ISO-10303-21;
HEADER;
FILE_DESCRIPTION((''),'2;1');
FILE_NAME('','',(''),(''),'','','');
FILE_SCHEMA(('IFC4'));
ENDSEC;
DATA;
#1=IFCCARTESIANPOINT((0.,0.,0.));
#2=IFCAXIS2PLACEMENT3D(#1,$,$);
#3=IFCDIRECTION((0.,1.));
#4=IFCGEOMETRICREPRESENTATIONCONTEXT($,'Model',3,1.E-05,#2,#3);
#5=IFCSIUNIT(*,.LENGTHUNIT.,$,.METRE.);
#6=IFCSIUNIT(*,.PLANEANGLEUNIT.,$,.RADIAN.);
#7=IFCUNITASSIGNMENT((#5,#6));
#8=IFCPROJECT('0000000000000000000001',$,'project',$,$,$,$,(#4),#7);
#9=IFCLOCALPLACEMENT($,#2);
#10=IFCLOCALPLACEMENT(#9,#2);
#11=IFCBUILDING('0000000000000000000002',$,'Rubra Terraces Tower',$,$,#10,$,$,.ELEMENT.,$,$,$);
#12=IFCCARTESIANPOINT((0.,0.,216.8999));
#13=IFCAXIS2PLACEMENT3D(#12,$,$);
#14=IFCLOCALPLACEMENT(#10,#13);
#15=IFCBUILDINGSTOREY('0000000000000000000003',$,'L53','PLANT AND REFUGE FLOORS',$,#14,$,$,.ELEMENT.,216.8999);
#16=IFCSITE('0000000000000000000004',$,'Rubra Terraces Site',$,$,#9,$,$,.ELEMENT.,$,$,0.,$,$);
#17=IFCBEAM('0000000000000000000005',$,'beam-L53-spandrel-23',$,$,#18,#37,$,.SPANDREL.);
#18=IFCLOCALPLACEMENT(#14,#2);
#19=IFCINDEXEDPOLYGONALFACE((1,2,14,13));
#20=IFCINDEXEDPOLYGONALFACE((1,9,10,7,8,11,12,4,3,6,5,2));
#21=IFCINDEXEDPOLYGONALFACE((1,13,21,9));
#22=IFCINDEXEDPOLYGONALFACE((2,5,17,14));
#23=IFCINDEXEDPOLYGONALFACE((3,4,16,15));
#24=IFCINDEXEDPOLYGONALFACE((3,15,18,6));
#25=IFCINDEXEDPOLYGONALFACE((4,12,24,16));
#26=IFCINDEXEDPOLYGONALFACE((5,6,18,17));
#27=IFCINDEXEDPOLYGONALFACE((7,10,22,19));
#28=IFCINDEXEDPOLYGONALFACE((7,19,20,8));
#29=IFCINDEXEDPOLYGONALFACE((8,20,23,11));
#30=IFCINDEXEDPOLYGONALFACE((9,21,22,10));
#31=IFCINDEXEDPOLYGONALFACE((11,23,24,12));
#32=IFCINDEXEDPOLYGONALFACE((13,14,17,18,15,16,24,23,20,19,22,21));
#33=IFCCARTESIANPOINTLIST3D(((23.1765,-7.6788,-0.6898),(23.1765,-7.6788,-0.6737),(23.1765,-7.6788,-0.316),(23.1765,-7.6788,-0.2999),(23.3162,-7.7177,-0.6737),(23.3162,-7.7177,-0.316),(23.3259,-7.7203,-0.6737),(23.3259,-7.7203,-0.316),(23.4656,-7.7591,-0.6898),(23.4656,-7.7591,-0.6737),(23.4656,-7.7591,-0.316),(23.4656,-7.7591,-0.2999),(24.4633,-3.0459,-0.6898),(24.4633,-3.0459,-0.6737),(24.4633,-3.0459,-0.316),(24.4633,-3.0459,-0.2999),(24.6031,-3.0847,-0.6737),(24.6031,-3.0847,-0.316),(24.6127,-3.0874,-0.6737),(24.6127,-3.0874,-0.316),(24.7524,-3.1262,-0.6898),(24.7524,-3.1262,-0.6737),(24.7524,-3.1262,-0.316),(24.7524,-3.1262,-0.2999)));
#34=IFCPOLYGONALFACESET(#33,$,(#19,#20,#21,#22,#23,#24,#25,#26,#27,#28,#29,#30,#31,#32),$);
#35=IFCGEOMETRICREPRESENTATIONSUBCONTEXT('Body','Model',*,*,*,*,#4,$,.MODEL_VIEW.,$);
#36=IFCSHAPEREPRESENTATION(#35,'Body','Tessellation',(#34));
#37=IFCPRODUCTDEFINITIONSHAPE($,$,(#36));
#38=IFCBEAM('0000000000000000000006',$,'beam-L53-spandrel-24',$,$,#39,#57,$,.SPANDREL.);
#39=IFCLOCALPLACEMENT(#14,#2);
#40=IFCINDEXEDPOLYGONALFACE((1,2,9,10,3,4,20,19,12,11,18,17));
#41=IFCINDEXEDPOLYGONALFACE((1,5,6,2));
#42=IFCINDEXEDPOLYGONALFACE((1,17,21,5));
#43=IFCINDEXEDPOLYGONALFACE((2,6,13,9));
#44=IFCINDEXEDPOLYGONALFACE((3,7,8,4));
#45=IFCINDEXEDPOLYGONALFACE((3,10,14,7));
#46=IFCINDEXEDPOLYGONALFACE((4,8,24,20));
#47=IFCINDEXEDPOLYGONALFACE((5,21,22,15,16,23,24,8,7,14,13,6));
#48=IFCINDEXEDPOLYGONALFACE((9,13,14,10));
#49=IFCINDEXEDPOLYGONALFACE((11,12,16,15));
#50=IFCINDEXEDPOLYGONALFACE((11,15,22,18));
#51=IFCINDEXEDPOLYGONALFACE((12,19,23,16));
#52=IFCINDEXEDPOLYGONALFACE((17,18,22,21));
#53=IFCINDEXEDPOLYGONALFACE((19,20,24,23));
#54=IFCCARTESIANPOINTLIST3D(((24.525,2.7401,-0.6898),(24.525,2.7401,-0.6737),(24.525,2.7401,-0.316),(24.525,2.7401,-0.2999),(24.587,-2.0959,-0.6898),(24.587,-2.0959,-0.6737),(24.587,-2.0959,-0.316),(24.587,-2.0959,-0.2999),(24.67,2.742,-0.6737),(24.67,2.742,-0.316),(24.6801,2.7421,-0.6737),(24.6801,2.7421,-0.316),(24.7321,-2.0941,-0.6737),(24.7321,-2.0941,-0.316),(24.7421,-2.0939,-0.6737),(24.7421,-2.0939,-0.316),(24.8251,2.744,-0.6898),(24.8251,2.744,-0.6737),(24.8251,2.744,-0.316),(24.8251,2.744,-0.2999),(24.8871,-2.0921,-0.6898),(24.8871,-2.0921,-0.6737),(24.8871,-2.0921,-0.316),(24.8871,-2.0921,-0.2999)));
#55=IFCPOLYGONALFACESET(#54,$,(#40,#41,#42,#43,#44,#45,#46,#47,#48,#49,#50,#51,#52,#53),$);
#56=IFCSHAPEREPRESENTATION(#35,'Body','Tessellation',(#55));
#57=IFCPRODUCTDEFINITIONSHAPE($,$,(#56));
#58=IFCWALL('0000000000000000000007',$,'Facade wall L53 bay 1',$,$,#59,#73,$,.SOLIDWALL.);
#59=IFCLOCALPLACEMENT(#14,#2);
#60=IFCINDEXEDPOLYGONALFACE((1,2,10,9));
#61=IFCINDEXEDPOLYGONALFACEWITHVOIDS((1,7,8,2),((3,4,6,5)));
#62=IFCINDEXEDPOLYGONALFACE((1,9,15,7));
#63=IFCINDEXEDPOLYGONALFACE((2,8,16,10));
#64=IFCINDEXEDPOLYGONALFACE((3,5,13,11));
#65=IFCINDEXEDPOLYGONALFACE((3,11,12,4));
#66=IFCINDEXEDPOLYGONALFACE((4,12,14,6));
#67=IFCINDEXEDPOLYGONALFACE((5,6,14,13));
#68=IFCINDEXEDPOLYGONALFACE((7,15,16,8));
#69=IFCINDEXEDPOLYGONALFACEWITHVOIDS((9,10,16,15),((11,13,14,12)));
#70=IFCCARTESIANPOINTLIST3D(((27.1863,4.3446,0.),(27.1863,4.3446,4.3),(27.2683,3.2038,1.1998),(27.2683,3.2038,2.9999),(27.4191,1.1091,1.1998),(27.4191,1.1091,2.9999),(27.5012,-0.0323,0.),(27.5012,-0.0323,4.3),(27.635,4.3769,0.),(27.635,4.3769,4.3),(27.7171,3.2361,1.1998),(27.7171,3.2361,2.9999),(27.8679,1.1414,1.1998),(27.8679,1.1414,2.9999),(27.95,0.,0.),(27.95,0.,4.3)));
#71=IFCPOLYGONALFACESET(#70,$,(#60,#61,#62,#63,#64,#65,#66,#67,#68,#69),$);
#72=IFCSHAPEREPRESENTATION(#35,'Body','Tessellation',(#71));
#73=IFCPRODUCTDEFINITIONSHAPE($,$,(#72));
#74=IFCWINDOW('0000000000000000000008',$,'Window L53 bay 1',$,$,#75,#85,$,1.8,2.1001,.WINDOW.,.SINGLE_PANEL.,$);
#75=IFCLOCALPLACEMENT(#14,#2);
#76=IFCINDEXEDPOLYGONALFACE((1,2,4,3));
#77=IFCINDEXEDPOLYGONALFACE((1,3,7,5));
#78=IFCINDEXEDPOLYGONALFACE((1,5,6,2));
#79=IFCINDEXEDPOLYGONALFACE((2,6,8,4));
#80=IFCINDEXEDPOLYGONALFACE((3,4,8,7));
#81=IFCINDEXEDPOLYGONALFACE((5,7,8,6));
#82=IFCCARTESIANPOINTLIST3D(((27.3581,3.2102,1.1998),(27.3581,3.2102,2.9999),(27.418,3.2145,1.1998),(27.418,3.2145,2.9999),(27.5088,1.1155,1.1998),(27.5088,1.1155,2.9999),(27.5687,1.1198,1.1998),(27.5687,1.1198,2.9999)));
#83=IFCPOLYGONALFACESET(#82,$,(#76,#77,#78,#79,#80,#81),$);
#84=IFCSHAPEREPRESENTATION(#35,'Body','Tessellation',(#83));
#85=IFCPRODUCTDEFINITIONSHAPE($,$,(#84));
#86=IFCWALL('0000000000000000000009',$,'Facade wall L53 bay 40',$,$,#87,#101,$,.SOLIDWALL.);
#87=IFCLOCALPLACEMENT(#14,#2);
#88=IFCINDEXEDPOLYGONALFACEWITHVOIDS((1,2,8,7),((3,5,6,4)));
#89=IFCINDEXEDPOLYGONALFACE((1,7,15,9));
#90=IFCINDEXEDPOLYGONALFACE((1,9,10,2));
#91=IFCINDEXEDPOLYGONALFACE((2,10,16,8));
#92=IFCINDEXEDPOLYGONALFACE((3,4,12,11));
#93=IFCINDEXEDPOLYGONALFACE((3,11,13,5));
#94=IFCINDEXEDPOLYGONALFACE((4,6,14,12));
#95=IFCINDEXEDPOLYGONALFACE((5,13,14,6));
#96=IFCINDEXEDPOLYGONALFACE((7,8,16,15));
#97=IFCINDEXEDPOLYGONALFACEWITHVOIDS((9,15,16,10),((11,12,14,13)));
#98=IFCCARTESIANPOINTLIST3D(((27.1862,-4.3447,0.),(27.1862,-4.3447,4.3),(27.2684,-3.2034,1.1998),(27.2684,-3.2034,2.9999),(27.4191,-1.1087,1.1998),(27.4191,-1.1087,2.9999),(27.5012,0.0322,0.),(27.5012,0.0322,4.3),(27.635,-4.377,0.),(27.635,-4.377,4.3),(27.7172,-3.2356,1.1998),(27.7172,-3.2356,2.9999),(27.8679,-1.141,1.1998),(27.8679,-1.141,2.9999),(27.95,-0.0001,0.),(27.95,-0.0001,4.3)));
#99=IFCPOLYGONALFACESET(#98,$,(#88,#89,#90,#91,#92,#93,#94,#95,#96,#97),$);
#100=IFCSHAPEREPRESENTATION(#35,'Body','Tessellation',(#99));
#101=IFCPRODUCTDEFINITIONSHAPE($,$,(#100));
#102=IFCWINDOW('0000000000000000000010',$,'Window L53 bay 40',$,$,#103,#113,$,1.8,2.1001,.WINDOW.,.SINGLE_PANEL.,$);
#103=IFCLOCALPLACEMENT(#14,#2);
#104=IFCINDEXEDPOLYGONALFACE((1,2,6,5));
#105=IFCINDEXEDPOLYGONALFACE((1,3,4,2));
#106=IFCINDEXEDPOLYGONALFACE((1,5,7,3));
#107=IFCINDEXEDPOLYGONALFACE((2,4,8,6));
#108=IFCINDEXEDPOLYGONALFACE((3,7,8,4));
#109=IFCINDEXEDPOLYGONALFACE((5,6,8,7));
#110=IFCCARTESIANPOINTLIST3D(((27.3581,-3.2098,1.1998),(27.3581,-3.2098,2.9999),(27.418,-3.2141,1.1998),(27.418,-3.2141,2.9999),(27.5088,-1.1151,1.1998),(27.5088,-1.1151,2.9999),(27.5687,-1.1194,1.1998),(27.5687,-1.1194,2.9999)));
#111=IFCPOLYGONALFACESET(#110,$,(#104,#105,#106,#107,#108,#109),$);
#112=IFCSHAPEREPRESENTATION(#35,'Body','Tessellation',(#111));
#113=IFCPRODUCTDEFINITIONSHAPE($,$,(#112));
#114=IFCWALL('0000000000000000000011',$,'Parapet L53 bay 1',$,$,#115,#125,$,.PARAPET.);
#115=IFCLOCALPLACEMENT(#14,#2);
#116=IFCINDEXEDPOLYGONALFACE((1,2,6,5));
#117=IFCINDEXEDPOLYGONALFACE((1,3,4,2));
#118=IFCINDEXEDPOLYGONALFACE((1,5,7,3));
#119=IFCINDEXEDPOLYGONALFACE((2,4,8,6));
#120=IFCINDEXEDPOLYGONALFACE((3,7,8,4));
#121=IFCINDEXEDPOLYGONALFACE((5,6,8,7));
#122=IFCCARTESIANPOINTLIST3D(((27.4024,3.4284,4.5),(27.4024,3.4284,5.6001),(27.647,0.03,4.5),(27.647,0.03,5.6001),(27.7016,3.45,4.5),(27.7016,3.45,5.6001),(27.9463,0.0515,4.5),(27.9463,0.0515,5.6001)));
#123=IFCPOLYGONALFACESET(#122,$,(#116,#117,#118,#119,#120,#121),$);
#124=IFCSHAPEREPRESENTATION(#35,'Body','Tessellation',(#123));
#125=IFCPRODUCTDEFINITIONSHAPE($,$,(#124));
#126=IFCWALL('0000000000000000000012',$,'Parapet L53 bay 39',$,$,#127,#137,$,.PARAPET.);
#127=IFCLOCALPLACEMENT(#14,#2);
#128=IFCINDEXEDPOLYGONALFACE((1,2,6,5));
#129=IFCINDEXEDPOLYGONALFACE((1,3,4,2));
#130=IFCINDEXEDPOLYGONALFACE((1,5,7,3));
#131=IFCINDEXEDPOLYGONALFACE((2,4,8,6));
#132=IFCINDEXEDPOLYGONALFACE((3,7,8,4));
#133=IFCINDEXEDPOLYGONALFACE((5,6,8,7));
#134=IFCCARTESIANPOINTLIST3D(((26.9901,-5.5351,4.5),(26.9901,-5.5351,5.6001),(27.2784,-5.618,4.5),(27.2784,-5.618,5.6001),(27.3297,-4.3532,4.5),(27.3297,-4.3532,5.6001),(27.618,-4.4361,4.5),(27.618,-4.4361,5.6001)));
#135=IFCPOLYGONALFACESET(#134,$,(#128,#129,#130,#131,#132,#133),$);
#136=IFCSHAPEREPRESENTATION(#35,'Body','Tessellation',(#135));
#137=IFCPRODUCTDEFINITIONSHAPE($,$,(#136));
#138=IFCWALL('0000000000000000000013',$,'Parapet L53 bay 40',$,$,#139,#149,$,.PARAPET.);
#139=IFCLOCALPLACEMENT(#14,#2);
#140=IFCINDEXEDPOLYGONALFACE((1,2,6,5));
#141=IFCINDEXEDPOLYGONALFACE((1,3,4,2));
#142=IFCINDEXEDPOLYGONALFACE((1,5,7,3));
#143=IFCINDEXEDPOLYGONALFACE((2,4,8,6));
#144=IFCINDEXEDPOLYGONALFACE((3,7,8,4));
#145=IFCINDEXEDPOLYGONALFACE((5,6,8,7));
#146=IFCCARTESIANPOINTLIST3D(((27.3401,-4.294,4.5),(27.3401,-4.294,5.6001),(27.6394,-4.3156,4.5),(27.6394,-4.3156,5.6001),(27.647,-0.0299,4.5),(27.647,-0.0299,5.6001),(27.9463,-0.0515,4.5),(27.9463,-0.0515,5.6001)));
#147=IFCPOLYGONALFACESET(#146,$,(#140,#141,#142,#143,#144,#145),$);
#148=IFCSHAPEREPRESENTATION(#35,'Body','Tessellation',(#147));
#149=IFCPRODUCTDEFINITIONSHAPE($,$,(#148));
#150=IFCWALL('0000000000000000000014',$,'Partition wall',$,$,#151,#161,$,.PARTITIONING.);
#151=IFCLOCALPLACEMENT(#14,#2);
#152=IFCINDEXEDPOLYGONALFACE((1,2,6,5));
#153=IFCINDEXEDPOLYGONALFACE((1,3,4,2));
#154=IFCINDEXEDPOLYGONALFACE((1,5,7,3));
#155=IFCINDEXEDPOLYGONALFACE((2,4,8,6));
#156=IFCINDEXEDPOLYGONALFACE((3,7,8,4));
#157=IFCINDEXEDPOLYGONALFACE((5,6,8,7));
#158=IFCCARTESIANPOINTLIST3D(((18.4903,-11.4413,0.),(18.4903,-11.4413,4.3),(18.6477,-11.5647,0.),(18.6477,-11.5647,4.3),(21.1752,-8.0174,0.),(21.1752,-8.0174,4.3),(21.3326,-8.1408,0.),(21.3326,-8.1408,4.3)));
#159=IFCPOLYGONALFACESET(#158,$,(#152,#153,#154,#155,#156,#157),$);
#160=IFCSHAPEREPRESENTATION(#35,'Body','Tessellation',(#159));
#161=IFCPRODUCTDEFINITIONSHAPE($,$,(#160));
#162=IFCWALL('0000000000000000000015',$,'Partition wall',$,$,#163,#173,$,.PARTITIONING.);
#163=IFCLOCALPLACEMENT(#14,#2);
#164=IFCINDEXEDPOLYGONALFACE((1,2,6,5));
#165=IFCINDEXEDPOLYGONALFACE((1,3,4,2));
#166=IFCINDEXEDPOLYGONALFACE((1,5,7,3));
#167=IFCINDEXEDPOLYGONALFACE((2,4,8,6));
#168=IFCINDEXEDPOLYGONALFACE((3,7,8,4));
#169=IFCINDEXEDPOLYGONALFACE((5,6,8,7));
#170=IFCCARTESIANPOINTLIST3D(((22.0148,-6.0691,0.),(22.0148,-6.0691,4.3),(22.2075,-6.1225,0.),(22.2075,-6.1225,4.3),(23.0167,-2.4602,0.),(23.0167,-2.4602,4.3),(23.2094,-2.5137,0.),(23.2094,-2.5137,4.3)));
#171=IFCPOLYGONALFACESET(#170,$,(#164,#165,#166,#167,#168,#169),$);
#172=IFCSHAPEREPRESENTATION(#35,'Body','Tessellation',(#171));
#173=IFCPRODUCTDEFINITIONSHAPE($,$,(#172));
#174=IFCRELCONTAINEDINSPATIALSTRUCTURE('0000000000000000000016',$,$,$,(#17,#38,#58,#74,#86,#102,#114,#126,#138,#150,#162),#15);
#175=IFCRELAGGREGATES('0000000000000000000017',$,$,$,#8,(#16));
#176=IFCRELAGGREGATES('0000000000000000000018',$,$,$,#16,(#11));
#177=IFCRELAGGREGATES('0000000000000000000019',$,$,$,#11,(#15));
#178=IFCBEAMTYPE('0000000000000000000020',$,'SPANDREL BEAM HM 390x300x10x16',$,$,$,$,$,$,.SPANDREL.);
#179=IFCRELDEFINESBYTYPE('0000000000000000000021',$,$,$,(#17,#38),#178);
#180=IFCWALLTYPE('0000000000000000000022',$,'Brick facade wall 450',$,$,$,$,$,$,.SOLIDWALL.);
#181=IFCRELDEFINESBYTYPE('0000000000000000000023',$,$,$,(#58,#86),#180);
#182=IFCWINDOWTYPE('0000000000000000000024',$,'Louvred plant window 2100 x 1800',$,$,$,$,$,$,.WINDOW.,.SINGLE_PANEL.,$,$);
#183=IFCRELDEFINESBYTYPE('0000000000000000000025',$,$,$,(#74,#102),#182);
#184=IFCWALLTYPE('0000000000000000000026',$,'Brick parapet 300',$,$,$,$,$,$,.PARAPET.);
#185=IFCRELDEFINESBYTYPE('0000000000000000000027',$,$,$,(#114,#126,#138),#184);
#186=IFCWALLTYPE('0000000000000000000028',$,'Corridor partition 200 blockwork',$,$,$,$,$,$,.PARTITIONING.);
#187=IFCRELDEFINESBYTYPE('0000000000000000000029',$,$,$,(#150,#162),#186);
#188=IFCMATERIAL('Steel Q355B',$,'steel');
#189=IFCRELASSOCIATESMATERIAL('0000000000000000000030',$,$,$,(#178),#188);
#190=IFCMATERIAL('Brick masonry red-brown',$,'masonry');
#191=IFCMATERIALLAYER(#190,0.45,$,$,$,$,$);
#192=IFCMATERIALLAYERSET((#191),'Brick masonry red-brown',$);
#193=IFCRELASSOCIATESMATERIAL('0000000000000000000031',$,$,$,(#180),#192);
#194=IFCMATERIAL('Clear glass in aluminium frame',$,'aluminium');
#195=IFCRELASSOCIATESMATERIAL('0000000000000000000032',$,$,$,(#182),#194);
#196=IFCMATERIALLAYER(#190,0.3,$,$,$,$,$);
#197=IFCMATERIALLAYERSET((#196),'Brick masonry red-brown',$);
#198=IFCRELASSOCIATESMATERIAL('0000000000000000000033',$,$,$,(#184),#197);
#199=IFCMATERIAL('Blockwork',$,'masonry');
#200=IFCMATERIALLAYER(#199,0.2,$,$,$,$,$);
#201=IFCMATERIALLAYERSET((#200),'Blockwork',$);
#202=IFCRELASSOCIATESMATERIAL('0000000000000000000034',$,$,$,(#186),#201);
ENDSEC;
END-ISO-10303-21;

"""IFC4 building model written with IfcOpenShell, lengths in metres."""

from ifc_helpers import new_model, si_unit, direction, frame, frame_2d, origin, origin_2d, place, context, subcontext, project, spatial, rectangle, i_section, extrude, material, layer, layer_set, material_profile, profile_set, type_object, element, fill, save


model = new_model("IFC4")

# Units and contexts
model_context = context("Model", 3, precision=1e-05, world=origin(), true_north=direction((0.0, 1.0)))
body_context = subcontext(model_context, "Body", "Model", "MODEL_VIEW")
ifc_project = project(units=[si_unit("LENGTHUNIT", "METRE"), si_unit("PLANEANGLEUNIT", "RADIAN")], contexts=[model_context])

# Site, building, storey
site_placement = place(None, origin())
site = spatial("IfcSite", under=ifc_project, at=site_placement, Name="Rubra Terraces Site", CompositionType="ELEMENT", RefElevation=0.0)
building_placement = place(site_placement, origin())
building = spatial("IfcBuilding", under=site, at=building_placement, Name="Rubra Terraces Tower", CompositionType="ELEMENT")
storey_placement = place(building_placement, frame((0.0, 0.0, 216.8999)))
storey = spatial("IfcBuildingStorey", under=building, at=storey_placement, Name="L53", Description="PLANT AND REFUGE FLOORS", CompositionType="ELEMENT", Elevation=216.8999)

# Shared definitions
ifc_material_1 = material(Name="Steel Q355B", Category="steel")

# Beams
ifc_material_profile_1 = material_profile(ifc_material_1, i_section(OverallWidth=0.3, OverallDepth=0.3899, WebThickness=0.01, FlangeThickness=0.0161, at=origin_2d()), Name="HM 390x300x10x16")
ifc_profile_set_1 = profile_set([ifc_material_profile_1], Name="Steel Q355B")
beam_type_1 = type_object("IfcBeamType", Name="SPANDREL BEAM HM 390x300x10x16", PredefinedType="SPANDREL", material=ifc_profile_set_1)
beam_1_placement = place(storey_placement, frame((23.321, -7.719, -0.4949), z_axis=(0.267626, 0.963523, 0.0), x_axis=(-0.963523, 0.267626, 0.0)))
element("IfcBeam", 1, at=beam_1_placement, inside=storey, type_object=beam_type_1, Name="beam-L53-spandrel-23", PredefinedType="SPANDREL", context=body_context, shape_type="SweptSolid", body=[
    extrude(i_section(OverallWidth=0.3, OverallDepth=0.3899, WebThickness=0.01, FlangeThickness=0.0161, at=origin_2d()), origin(), (0.0, 0.0, 1.0), 4.8083),
])
beam_2_placement = place(storey_placement, frame((24.7371, -2.094, -0.4949), z_axis=(-0.012822, 0.999918, 0.0), x_axis=(-0.999918, -0.012822, 0.0)))
element("IfcBeam", 2, at=beam_2_placement, inside=storey, type_object=beam_type_1, Name="beam-L53-spandrel-24", PredefinedType="SPANDREL", context=body_context, shape_type="SweptSolid", body=[
    extrude(i_section(OverallWidth=0.3, OverallDepth=0.3899, WebThickness=0.01, FlangeThickness=0.0161, at=origin_2d()), origin(), (0.0, 0.0, 1.0), 4.8364),
])

# Walls, openings, windows
ifc_material_2 = material(Name="Brick masonry red-brown", Category="masonry")
ifc_layer_1 = layer(ifc_material_2, 0.45)
ifc_layer_set_1 = layer_set([ifc_layer_1], Name="Brick masonry red-brown")
wall_type_1 = type_object("IfcWallType", Name="Brick facade wall 450", PredefinedType="SOLIDWALL", material=ifc_layer_set_1)
wall_1_placement = place(storey_placement, frame((27.7256, -0.0161, 0.0), z_axis=(0.0, 0.0, 1.0), x_axis=(-0.071769, 0.997421, 0.0)))
wall_1 = element("IfcWall", 3, at=wall_1_placement, inside=storey, type_object=wall_type_1, Name="Facade wall L53 bay 1", PredefinedType="SOLIDWALL", context=body_context, shape_type="SweptSolid", body=[
    extrude(rectangle(XDim=4.3882, YDim=0.45, at=frame_2d((2.1941, 0.0))), origin(), (0.0, 0.0, 1.0), 4.3),
])
opening_1_placement = place(wall_1_placement, frame((1.1443, 0.0, 1.2)))
opening_1 = element("IfcOpeningElement", 4, at=opening_1_placement, cuts=wall_1, PredefinedType="OPENING", context=body_context, shape_type="SweptSolid", body=[
    extrude(rectangle(XDim=2.1001, YDim=1.8, at=frame_2d((1.05, 0.8999))), frame((0.0, 0.2349, 0.0), z_axis=(0.0, -1.0, 0.0), x_axis=(1.0, 0.0, 0.0)), (0.0, 0.0, 1.0), 0.47),
])
ifc_material_3 = material(Name="Clear glass in aluminium frame", Category="aluminium")
window_type = type_object("IfcWindowType", Name="Louvred plant window 2100 x 1800", PartitioningType="SINGLE_PANEL", PredefinedType="WINDOW", material=ifc_material_3)
window_1_placement = place(opening_1_placement, origin())
window_1 = element("IfcWindow", 5, at=window_1_placement, inside=storey, type_object=window_type, Name="Window L53 bay 1", OverallHeight=1.8, OverallWidth=2.1001, PartitioningType="SINGLE_PANEL", PredefinedType="WINDOW", context=body_context, shape_type="SweptSolid", body=[
    extrude(rectangle(XDim=2.1001, YDim=1.8, at=frame_2d((1.05, 0.8999))), frame((0.0, 0.135, 0.0), z_axis=(0.0, -1.0, 0.0), x_axis=(1.0, 0.0, 0.0)), (0.0, 0.0, 1.0), 0.0601),
])
fill(opening_1, window_1)
wall_2_placement = place(storey_placement, frame((27.4106, -4.3608, 0.0), z_axis=(0.0, 0.0, 1.0), x_axis=(0.071769, 0.997421, 0.0)))
wall_2 = element("IfcWall", 6, at=wall_2_placement, inside=storey, type_object=wall_type_1, Name="Facade wall L53 bay 40", PredefinedType="SOLIDWALL", context=body_context, shape_type="SweptSolid", body=[
    extrude(rectangle(XDim=4.3882, YDim=0.45, at=frame_2d((2.1941, 0.0))), origin(), (0.0, 0.0, 1.0), 4.3),
])
opening_2_placement = place(wall_2_placement, frame((1.1443, 0.0, 1.2)))
opening_2 = element("IfcOpeningElement", 7, at=opening_2_placement, cuts=wall_2, PredefinedType="OPENING", context=body_context, shape_type="SweptSolid", body=[
    extrude(rectangle(XDim=2.1001, YDim=1.8, at=frame_2d((1.05, 0.8999))), frame((0.0, 0.2349, 0.0), z_axis=(0.0, -1.0, 0.0), x_axis=(1.0, 0.0, 0.0)), (0.0, 0.0, 1.0), 0.47),
])
window_2_placement = place(opening_2_placement, origin())
window_2 = element("IfcWindow", 8, at=window_2_placement, inside=storey, type_object=window_type, Name="Window L53 bay 40", OverallHeight=1.8, OverallWidth=2.1001, PartitioningType="SINGLE_PANEL", PredefinedType="WINDOW", context=body_context, shape_type="SweptSolid", body=[
    extrude(rectangle(XDim=2.1001, YDim=1.8, at=frame_2d((1.05, 0.8999))), frame((0.0, 0.135, 0.0), z_axis=(0.0, -1.0, 0.0), x_axis=(1.0, 0.0, 0.0)), (0.0, 0.0, 1.0), 0.0601),
])
fill(opening_2, window_2)

# Walls
ifc_layer_2 = layer(ifc_material_2, 0.3)
ifc_layer_set_2 = layer_set([ifc_layer_2], Name="Brick masonry red-brown")
wall_type_2 = type_object("IfcWallType", Name="Brick parapet 300", PredefinedType="PARAPET", material=ifc_layer_set_2)
wall_3_placement = place(storey_placement, frame((27.7966, 0.0408, 4.5), z_axis=(0.0, 0.0, 1.0), x_axis=(-0.071797, 0.997419, 0.0)))
element("IfcWall", 9, at=wall_3_placement, inside=storey, type_object=wall_type_2, Name="Parapet L53 bay 1", PredefinedType="PARAPET", context=body_context, shape_type="SweptSolid", body=[
    extrude(rectangle(XDim=3.4072, YDim=0.3, at=frame_2d((1.7036, 0.0))), origin(), (0.0, 0.0, 1.0), 1.1001),
])
wall_4_placement = place(storey_placement, frame((27.1343, -5.5764, 4.5), z_axis=(0.0, 0.0, 1.0), x_axis=(0.276163, 0.961111, 0.0)))
element("IfcWall", 10, at=wall_4_placement, inside=storey, type_object=wall_type_2, Name="Parapet L53 bay 39", PredefinedType="PARAPET", context=body_context, shape_type="SweptSolid", body=[
    extrude(rectangle(XDim=1.2297, YDim=0.3, at=frame_2d((0.6147, 0.0))), origin(), (0.0, 0.0, 1.0), 1.1001),
])
wall_5_placement = place(storey_placement, frame((27.4897, -4.3049, 4.5), z_axis=(0.0, 0.0, 1.0), x_axis=(0.071783, 0.99742, 0.0)))
element("IfcWall", 11, at=wall_5_placement, inside=storey, type_object=wall_type_2, Name="Parapet L53 bay 40", PredefinedType="PARAPET", context=body_context, shape_type="SweptSolid", body=[
    extrude(rectangle(XDim=4.2751, YDim=0.3, at=frame_2d((2.1377, 0.0))), origin(), (0.0, 0.0, 1.0), 1.1001),
])
ifc_material_4 = material(Name="Blockwork", Category="masonry")
ifc_layer_3 = layer(ifc_material_4, 0.2)
ifc_layer_set_3 = layer_set([ifc_layer_3], Name="Blockwork")
wall_type_3 = type_object("IfcWallType", Name="Corridor partition 200 blockwork", PredefinedType="PARTITIONING", material=ifc_layer_set_3)
wall_6_placement = place(storey_placement, frame((21.2539, -8.0791, 0.0), z_axis=(0.0, 0.0, 1.0), x_axis=(-0.617063, -0.786914, 0.0)))
element("IfcWall", 12, at=wall_6_placement, inside=storey, type_object=wall_type_3, Name="Partition wall", PredefinedType="PARTITIONING", context=body_context, shape_type="SweptSolid", body=[
    extrude(rectangle(XDim=4.3511, YDim=0.2, at=frame_2d((2.1755, 0.0))), origin(), (0.0, 0.0, 1.0), 4.3),
])
wall_7_placement = place(storey_placement, frame((23.113, -2.4871, 0.0), z_axis=(0.0, 0.0, 1.0), x_axis=(-0.267516, -0.963553, 0.0)))
element("IfcWall", 13, at=wall_7_placement, inside=storey, type_object=wall_type_3, Name="Partition wall", PredefinedType="PARTITIONING", context=body_context, shape_type="SweptSolid", body=[
    extrude(rectangle(XDim=3.7454, YDim=0.2, at=frame_2d((1.8726, 0.0))), origin(), (0.0, 0.0, 1.0), 4.3),
])

save(model, "model.ifc")
